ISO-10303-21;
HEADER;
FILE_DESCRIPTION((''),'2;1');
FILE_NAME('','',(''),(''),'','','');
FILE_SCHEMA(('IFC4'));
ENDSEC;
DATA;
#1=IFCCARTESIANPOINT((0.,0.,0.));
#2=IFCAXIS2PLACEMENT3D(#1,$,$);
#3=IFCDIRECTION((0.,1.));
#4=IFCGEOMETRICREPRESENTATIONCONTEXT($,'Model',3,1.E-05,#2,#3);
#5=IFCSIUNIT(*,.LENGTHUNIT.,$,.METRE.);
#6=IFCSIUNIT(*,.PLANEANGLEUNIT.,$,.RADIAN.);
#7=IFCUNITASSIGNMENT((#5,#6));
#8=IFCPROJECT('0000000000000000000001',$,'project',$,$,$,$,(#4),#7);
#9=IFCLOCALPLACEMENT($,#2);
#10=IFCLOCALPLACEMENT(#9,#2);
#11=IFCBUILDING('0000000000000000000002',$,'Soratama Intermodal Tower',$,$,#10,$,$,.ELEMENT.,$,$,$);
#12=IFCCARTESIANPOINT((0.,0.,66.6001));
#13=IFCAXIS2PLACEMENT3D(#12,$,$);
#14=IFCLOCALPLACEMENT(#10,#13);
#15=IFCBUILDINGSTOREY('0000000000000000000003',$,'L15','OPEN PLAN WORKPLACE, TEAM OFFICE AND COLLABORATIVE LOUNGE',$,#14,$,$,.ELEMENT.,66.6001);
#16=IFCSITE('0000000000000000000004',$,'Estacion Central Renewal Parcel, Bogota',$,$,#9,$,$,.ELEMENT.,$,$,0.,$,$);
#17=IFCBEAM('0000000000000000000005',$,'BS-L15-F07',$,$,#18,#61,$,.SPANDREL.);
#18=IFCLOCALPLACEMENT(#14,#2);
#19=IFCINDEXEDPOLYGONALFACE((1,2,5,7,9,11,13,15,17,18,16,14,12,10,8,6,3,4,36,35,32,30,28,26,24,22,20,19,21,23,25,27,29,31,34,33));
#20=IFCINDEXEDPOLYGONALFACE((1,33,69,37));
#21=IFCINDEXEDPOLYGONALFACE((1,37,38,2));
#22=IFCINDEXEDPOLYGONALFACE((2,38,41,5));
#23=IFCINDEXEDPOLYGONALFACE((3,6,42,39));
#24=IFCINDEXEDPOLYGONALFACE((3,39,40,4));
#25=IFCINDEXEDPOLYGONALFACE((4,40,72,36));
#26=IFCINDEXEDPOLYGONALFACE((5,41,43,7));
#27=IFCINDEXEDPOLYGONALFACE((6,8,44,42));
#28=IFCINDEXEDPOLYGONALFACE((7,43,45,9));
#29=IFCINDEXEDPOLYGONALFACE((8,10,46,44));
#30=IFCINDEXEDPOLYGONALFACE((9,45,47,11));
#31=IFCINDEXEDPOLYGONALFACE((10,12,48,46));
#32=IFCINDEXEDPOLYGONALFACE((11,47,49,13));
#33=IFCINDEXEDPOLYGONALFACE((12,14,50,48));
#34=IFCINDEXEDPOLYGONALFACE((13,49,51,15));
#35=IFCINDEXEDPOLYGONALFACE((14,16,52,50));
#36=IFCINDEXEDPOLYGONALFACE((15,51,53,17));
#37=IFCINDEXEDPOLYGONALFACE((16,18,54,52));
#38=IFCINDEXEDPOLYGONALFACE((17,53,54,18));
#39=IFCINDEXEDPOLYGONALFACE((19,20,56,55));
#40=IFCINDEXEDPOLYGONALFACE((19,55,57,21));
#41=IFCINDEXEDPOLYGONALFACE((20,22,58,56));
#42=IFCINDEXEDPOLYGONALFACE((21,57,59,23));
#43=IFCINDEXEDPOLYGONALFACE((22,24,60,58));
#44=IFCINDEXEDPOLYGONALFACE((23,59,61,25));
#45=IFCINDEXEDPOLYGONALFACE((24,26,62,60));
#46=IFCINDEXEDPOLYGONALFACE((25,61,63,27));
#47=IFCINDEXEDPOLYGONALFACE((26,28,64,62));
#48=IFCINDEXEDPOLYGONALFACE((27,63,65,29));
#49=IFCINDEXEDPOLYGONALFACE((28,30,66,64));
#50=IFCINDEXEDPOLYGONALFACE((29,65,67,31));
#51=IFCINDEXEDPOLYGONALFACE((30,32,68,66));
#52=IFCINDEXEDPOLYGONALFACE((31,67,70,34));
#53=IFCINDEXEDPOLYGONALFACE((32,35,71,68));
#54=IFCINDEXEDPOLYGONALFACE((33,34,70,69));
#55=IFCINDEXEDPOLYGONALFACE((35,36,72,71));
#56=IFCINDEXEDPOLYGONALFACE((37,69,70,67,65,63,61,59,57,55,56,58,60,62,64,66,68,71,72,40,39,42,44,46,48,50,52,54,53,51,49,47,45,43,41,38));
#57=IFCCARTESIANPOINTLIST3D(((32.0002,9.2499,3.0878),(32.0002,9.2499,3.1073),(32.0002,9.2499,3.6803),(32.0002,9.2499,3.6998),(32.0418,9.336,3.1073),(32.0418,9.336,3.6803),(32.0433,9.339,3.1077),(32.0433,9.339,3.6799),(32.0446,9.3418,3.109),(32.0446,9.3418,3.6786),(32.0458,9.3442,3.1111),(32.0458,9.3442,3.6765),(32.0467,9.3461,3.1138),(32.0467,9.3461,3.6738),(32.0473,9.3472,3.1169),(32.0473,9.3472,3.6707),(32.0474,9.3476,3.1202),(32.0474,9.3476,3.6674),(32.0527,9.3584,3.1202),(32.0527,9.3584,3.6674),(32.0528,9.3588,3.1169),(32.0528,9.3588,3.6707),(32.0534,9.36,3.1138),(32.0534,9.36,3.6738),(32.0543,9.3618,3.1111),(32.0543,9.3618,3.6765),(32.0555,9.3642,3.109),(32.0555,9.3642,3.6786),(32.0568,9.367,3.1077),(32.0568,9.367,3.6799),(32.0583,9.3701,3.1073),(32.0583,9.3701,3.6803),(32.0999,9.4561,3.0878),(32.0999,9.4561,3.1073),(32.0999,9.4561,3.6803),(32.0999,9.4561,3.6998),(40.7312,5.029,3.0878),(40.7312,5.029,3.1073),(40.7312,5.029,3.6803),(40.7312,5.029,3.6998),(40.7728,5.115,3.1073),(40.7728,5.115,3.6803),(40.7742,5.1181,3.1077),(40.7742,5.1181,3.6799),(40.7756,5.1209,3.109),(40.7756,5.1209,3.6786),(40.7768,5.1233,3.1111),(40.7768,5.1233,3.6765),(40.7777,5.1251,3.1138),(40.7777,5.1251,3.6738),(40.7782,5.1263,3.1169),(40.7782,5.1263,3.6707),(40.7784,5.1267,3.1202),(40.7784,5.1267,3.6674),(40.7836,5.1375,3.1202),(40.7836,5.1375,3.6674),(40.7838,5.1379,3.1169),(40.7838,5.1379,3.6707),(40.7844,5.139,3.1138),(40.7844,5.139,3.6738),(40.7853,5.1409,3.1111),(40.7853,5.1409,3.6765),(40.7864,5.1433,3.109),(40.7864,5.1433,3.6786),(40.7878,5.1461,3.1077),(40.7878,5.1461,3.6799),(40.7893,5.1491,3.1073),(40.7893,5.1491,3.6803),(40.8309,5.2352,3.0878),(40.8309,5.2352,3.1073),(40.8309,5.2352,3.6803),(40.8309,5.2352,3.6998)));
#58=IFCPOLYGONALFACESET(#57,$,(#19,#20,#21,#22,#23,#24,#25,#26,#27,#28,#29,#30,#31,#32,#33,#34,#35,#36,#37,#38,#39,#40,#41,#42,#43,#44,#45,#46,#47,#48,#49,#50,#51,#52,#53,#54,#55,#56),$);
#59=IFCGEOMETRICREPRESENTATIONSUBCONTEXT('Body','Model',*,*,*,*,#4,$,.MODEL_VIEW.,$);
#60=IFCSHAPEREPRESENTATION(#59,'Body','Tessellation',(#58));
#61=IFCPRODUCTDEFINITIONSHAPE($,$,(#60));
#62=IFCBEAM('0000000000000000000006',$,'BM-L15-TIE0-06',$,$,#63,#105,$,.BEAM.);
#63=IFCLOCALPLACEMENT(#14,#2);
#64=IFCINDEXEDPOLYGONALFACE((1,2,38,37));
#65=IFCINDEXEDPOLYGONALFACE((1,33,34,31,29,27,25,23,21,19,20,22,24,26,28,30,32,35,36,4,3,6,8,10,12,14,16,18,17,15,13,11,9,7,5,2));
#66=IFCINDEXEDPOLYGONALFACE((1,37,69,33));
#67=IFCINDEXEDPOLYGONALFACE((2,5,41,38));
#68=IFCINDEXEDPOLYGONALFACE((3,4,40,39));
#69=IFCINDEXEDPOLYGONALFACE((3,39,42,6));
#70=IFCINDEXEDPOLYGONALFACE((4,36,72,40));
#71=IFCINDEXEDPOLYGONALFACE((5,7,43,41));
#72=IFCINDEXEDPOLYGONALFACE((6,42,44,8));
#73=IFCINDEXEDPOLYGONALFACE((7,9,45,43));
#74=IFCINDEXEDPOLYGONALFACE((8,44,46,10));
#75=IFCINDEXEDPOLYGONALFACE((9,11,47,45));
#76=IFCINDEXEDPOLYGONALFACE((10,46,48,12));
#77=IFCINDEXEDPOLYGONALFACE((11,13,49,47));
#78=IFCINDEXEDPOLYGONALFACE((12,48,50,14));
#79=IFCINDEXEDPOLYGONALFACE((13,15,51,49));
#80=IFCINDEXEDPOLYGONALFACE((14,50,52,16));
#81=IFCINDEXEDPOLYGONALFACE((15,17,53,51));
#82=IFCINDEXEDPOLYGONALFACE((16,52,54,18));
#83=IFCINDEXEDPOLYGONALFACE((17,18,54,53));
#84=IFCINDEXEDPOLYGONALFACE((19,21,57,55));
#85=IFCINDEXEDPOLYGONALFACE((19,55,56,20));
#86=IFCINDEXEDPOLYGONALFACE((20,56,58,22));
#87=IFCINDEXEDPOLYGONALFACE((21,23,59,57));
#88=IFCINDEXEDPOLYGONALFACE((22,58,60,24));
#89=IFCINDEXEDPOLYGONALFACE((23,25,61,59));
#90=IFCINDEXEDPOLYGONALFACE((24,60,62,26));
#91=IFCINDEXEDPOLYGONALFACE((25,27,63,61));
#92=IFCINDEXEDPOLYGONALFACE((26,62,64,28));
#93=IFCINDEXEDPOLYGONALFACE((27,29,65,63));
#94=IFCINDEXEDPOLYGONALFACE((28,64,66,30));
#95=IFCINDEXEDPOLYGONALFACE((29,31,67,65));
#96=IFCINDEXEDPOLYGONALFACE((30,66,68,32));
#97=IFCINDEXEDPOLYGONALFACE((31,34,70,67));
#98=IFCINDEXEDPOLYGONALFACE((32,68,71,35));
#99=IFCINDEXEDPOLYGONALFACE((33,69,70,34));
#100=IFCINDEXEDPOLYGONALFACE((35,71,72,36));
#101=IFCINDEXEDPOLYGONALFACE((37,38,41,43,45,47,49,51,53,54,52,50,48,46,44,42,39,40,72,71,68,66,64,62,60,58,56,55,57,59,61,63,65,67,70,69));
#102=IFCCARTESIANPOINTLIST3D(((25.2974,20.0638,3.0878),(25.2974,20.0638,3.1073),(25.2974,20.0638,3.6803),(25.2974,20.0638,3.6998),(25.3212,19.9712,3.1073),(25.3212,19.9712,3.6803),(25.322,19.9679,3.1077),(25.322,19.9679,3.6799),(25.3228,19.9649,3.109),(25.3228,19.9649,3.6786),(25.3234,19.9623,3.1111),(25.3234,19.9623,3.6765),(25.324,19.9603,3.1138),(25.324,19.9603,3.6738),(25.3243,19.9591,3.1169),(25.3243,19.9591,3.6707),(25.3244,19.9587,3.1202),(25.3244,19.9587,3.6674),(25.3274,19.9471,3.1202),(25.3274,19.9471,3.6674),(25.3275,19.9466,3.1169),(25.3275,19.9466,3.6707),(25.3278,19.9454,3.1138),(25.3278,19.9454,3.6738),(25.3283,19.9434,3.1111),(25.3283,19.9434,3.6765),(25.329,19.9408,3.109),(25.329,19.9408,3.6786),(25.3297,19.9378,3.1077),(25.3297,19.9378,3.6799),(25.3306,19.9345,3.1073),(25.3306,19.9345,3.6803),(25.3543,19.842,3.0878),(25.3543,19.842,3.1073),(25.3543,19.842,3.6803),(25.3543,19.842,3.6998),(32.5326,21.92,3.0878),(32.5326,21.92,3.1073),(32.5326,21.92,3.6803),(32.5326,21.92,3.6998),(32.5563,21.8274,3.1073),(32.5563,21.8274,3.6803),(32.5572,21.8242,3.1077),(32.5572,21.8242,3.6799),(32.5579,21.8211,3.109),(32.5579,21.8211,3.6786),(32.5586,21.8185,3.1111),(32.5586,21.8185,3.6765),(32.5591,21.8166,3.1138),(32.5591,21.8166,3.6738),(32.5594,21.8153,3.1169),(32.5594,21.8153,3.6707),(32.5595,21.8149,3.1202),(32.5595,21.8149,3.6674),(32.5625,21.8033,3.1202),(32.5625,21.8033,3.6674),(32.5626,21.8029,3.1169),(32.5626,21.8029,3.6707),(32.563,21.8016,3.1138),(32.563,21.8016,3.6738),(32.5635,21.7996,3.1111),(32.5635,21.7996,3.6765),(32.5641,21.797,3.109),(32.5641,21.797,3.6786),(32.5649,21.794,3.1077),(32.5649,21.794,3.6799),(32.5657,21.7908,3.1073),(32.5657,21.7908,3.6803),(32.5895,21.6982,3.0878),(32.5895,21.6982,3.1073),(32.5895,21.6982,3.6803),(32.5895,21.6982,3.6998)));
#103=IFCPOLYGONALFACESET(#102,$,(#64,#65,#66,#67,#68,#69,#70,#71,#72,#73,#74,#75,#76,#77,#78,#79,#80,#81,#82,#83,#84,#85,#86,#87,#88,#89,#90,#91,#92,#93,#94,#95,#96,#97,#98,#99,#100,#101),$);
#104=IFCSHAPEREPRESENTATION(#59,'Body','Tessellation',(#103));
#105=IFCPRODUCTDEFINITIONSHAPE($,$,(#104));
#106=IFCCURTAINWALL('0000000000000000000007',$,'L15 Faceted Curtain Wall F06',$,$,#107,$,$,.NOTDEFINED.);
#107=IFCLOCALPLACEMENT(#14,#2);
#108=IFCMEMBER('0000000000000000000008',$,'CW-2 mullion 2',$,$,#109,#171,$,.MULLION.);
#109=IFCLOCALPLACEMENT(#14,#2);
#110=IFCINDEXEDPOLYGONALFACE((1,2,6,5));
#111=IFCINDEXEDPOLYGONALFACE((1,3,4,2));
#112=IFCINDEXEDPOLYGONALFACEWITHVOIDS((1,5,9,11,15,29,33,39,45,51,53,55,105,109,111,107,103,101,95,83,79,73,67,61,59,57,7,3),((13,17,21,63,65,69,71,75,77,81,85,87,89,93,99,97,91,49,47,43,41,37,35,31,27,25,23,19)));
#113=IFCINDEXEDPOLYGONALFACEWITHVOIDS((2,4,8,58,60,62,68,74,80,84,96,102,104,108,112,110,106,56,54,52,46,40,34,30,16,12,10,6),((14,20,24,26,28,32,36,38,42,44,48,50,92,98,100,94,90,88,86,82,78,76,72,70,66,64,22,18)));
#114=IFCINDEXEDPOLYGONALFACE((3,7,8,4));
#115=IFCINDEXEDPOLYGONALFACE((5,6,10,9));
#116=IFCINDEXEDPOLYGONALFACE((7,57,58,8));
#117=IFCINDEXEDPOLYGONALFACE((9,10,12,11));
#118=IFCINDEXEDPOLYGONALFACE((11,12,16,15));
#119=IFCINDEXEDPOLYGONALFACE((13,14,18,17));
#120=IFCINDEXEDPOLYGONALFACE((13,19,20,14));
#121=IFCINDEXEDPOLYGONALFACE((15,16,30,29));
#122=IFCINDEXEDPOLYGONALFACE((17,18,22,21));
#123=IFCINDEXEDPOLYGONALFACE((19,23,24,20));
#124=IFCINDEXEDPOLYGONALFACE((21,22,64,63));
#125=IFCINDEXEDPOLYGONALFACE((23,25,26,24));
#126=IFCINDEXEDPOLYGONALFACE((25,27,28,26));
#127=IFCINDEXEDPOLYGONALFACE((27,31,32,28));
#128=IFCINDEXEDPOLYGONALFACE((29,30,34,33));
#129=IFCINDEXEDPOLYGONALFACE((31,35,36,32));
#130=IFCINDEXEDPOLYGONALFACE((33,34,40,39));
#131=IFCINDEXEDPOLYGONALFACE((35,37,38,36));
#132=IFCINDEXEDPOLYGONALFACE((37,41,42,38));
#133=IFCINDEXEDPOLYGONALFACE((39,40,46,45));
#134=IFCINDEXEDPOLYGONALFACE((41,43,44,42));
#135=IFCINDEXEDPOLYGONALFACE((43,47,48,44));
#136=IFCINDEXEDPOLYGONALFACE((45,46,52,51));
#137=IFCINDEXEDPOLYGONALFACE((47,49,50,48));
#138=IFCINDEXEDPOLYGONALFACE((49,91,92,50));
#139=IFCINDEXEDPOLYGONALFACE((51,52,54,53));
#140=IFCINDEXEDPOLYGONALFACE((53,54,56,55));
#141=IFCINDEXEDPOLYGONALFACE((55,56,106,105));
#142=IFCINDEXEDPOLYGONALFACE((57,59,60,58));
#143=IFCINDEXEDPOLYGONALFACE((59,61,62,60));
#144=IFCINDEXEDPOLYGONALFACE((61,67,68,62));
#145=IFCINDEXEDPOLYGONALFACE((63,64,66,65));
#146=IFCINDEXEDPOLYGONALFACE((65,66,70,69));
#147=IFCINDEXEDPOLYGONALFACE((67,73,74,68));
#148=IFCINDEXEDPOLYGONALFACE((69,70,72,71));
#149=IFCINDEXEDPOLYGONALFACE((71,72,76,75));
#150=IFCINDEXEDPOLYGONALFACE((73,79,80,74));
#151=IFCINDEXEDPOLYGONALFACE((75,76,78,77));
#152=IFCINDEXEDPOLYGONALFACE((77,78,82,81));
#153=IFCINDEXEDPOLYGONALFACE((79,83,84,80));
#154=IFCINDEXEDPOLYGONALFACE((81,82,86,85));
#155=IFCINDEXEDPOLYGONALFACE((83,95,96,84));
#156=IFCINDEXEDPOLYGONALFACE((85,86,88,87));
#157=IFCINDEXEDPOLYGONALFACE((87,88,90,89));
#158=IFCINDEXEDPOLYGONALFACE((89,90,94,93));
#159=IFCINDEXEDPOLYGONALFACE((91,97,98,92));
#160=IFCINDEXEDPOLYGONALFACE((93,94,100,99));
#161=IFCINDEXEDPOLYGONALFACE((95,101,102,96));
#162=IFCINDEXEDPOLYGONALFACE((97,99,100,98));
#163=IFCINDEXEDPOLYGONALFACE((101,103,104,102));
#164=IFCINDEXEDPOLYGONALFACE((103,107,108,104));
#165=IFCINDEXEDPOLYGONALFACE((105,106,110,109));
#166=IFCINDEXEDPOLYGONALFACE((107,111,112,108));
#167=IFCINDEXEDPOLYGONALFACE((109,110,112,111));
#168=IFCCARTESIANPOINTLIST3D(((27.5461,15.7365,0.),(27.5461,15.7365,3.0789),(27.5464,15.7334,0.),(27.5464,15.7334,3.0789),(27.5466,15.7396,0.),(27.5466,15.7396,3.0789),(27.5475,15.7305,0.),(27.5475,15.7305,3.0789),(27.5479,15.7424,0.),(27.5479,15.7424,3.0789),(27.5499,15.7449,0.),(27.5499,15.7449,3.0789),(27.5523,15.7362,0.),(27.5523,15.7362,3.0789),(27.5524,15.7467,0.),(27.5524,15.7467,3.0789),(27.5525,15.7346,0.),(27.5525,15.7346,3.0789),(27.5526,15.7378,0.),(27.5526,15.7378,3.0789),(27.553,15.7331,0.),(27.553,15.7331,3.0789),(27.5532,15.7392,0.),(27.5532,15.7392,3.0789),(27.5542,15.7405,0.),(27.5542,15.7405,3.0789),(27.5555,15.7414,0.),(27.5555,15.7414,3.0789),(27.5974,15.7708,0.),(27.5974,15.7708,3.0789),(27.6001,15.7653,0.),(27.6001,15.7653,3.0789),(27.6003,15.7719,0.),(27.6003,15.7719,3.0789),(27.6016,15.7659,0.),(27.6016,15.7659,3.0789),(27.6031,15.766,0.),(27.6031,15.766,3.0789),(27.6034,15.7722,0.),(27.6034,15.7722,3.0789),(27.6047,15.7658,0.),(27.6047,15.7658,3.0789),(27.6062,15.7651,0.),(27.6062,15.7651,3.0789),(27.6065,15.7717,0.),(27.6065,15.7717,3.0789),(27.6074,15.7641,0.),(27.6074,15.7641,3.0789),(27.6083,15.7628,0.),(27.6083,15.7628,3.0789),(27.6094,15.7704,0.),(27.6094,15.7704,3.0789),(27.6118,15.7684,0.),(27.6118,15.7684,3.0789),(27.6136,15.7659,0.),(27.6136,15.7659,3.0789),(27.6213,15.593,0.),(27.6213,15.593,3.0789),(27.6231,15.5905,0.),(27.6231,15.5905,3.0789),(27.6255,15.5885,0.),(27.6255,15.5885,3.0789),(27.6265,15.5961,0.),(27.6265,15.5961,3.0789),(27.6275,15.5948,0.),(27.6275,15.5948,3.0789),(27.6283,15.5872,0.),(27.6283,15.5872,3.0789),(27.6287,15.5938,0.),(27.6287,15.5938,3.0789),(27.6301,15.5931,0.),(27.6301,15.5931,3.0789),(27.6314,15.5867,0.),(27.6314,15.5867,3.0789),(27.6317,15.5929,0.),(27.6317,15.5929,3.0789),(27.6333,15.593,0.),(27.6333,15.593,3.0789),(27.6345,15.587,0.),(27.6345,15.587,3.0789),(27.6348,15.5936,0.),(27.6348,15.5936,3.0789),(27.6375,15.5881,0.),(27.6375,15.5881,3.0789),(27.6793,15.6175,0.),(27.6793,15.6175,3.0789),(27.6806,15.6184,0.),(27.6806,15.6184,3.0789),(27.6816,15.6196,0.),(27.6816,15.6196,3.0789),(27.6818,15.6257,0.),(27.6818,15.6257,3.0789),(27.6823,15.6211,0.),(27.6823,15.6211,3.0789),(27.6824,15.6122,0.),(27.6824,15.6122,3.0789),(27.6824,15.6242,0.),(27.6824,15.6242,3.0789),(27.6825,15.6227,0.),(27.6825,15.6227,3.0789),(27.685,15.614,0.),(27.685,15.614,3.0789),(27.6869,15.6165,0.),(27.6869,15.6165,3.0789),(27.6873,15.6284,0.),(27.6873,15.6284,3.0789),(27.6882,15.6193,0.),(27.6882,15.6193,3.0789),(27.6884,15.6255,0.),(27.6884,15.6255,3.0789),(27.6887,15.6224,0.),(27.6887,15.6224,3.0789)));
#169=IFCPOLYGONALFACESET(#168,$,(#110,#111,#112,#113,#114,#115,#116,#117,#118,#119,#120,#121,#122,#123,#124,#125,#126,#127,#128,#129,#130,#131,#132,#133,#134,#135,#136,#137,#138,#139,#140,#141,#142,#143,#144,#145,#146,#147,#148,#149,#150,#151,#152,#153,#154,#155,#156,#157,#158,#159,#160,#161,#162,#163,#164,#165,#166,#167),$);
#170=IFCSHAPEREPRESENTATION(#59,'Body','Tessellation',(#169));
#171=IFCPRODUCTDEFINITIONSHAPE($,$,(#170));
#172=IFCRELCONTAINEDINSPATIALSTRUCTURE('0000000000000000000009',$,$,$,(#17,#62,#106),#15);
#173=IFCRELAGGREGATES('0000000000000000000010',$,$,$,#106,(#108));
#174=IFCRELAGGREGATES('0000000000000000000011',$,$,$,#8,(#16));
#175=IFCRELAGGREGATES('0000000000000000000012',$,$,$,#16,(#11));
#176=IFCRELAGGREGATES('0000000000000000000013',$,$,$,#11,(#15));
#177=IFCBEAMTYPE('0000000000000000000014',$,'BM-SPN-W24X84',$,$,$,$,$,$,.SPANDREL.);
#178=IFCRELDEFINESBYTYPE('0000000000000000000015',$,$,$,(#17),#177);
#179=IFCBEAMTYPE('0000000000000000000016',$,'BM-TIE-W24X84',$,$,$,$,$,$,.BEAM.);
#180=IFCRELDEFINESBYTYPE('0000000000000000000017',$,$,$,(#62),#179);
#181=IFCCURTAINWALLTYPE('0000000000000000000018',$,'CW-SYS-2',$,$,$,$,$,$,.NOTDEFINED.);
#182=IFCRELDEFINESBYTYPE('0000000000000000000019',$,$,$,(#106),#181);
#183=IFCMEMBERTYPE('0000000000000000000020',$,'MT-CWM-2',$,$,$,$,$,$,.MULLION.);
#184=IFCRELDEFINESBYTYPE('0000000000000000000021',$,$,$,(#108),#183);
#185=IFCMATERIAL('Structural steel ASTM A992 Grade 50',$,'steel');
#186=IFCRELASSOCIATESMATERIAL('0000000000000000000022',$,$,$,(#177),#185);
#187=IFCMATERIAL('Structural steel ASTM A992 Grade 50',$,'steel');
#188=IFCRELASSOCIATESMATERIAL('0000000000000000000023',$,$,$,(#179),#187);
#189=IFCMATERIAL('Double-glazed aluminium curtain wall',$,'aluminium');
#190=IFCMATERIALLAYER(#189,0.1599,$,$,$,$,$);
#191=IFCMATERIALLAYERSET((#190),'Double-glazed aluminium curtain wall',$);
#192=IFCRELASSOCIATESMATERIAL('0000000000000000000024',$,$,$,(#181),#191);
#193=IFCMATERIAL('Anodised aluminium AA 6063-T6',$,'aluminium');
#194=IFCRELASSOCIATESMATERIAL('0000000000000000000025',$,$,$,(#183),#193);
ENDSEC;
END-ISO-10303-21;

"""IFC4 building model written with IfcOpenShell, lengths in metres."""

from ifc_helpers import new_model, si_unit, direction, frame, origin, origin_2d, place, context, subcontext, project, spatial, hollow_rectangle, i_section, extrude, material, layer, layer_set, material_profile, profile_set, type_object, element, aggregate, save


model = new_model("IFC4")

# Units and contexts
model_context = context("Model", 3, precision=1e-05, world=origin(), true_north=direction((0.0, 1.0)))
body_context = subcontext(model_context, "Body", "Model", "MODEL_VIEW")
ifc_project = project(units=[si_unit("LENGTHUNIT", "METRE"), si_unit("PLANEANGLEUNIT", "RADIAN")], contexts=[model_context])

# Site, building, storey
site_placement = place(None, origin())
site = spatial("IfcSite", under=ifc_project, at=site_placement, Name="Estacion Central Renewal Parcel, Bogota", CompositionType="ELEMENT", RefElevation=0.0)
building_placement = place(site_placement, origin())
building = spatial("IfcBuilding", under=site, at=building_placement, Name="Soratama Intermodal Tower", CompositionType="ELEMENT")
storey_placement = place(building_placement, frame((0.0, 0.0, 66.6001)))
storey = spatial("IfcBuildingStorey", under=building, at=storey_placement, Name="L15", Description="OPEN PLAN WORKPLACE, TEAM OFFICE AND COLLABORATIVE LOUNGE", CompositionType="ELEMENT", Elevation=66.6001)

# Beams
ifc_material_1 = material(Name="Structural steel ASTM A992 Grade 50", Category="steel")
ifc_material_profile_1 = material_profile(ifc_material_1, i_section(OverallWidth=0.229, OverallDepth=0.6121, WebThickness=0.012, FlangeThickness=0.0195, FilletRadius=0.0129, at=origin_2d()), Name="W24X84")
ifc_profile_set_1 = profile_set([ifc_material_profile_1], Name="Structural steel ASTM A992 Grade 50")
beam_type_1 = type_object("IfcBeamType", Name="BM-SPN-W24X84", PredefinedType="SPANDREL", material=ifc_profile_set_1)
beam_1_placement = place(storey_placement, frame((32.05, 9.353, 3.3938), z_axis=(0.900309, -0.435251, 0.0), x_axis=(0.435251, 0.900309, 0.0)))
element("IfcBeam", 1, at=beam_1_placement, inside=storey, type_object=beam_type_1, Name="BS-L15-F07", PredefinedType="SPANDREL", context=body_context, shape_type="SweptSolid", body=[
    extrude(i_section(OverallWidth=0.229, OverallDepth=0.6121, WebThickness=0.012, FlangeThickness=0.0195, FilletRadius=0.0129, at=origin_2d()), origin(), (0.0, 0.0, 1.0), 9.6978),
])
ifc_material_2 = material(Name="Structural steel ASTM A992 Grade 50", Category="steel")
ifc_material_profile_2 = material_profile(ifc_material_2, i_section(OverallWidth=0.229, OverallDepth=0.6121, WebThickness=0.012, FlangeThickness=0.0195, FilletRadius=0.0129, at=origin_2d()), Name="W24X84")
ifc_profile_set_2 = profile_set([ifc_material_profile_2], Name="Structural steel ASTM A992 Grade 50")
beam_type_2 = type_object("IfcBeamType", Name="BM-TIE-W24X84", PredefinedType="BEAM", material=ifc_profile_set_2)
beam_2_placement = place(storey_placement, frame((32.561, 21.8091, 3.3938), z_axis=(-0.96863, -0.248507, 0.0), x_axis=(0.248507, -0.96863, 0.0)))
element("IfcBeam", 2, at=beam_2_placement, inside=storey, type_object=beam_type_2, Name="BM-L15-TIE0-06", PredefinedType="BEAM", context=body_context, shape_type="SweptSolid", body=[
    extrude(i_section(OverallWidth=0.229, OverallDepth=0.6121, WebThickness=0.012, FlangeThickness=0.0195, FilletRadius=0.0129, at=origin_2d()), origin(), (0.0, 0.0, 1.0), 7.4695),
])

# Curtain wall, member
ifc_material_3 = material(Name="Double-glazed aluminium curtain wall", Category="aluminium")
ifc_layer_1 = layer(ifc_material_3, 0.1599)
ifc_layer_set_1 = layer_set([ifc_layer_1], Name="Double-glazed aluminium curtain wall")
curtain_wall_type = type_object("IfcCurtainWallType", Name="CW-SYS-2", PredefinedType="NOTDEFINED", material=ifc_layer_set_1)
curtain_wall_1_placement = place(storey_placement, origin())
curtain_wall_1 = element("IfcCurtainWall", 3, at=curtain_wall_1_placement, inside=storey, type_object=curtain_wall_type, Name="L15 Faceted Curtain Wall F06", PredefinedType="NOTDEFINED")
ifc_material_4 = material(Name="Anodised aluminium AA 6063-T6", Category="aluminium")
ifc_material_profile_3 = material_profile(ifc_material_4, hollow_rectangle(XDim=0.075, YDim=0.1799, WallThickness=0.0061, InnerFilletRadius=0.0061, OuterFilletRadius=0.012, at=origin_2d()), Name="CWM180X75X6")
ifc_profile_set_3 = profile_set([ifc_material_profile_3], Name="Anodised aluminium AA 6063-T6")
member_type_1 = type_object("IfcMemberType", Name="MT-CWM-2", PredefinedType="MULLION", material=ifc_profile_set_3)
member_1_placement = place(storey_placement, frame((27.6174, 15.6794, 0.0), z_axis=(0.0, 0.0, 1.0), x_axis=(0.881304, 0.47255, 0.0)))
member_1 = element("IfcMember", 4, at=member_1_placement, type_object=member_type_1, Name="CW-2 mullion 2", PredefinedType="MULLION", context=body_context, shape_type="SweptSolid", body=[
    extrude(hollow_rectangle(XDim=0.075, YDim=0.1799, WallThickness=0.0061, InnerFilletRadius=0.0061, OuterFilletRadius=0.012, at=origin_2d()), origin(), (0.0, 0.0, 1.0), 3.0789),
])

aggregate(curtain_wall_1, [member_1])

save(model, "model.ifc")
